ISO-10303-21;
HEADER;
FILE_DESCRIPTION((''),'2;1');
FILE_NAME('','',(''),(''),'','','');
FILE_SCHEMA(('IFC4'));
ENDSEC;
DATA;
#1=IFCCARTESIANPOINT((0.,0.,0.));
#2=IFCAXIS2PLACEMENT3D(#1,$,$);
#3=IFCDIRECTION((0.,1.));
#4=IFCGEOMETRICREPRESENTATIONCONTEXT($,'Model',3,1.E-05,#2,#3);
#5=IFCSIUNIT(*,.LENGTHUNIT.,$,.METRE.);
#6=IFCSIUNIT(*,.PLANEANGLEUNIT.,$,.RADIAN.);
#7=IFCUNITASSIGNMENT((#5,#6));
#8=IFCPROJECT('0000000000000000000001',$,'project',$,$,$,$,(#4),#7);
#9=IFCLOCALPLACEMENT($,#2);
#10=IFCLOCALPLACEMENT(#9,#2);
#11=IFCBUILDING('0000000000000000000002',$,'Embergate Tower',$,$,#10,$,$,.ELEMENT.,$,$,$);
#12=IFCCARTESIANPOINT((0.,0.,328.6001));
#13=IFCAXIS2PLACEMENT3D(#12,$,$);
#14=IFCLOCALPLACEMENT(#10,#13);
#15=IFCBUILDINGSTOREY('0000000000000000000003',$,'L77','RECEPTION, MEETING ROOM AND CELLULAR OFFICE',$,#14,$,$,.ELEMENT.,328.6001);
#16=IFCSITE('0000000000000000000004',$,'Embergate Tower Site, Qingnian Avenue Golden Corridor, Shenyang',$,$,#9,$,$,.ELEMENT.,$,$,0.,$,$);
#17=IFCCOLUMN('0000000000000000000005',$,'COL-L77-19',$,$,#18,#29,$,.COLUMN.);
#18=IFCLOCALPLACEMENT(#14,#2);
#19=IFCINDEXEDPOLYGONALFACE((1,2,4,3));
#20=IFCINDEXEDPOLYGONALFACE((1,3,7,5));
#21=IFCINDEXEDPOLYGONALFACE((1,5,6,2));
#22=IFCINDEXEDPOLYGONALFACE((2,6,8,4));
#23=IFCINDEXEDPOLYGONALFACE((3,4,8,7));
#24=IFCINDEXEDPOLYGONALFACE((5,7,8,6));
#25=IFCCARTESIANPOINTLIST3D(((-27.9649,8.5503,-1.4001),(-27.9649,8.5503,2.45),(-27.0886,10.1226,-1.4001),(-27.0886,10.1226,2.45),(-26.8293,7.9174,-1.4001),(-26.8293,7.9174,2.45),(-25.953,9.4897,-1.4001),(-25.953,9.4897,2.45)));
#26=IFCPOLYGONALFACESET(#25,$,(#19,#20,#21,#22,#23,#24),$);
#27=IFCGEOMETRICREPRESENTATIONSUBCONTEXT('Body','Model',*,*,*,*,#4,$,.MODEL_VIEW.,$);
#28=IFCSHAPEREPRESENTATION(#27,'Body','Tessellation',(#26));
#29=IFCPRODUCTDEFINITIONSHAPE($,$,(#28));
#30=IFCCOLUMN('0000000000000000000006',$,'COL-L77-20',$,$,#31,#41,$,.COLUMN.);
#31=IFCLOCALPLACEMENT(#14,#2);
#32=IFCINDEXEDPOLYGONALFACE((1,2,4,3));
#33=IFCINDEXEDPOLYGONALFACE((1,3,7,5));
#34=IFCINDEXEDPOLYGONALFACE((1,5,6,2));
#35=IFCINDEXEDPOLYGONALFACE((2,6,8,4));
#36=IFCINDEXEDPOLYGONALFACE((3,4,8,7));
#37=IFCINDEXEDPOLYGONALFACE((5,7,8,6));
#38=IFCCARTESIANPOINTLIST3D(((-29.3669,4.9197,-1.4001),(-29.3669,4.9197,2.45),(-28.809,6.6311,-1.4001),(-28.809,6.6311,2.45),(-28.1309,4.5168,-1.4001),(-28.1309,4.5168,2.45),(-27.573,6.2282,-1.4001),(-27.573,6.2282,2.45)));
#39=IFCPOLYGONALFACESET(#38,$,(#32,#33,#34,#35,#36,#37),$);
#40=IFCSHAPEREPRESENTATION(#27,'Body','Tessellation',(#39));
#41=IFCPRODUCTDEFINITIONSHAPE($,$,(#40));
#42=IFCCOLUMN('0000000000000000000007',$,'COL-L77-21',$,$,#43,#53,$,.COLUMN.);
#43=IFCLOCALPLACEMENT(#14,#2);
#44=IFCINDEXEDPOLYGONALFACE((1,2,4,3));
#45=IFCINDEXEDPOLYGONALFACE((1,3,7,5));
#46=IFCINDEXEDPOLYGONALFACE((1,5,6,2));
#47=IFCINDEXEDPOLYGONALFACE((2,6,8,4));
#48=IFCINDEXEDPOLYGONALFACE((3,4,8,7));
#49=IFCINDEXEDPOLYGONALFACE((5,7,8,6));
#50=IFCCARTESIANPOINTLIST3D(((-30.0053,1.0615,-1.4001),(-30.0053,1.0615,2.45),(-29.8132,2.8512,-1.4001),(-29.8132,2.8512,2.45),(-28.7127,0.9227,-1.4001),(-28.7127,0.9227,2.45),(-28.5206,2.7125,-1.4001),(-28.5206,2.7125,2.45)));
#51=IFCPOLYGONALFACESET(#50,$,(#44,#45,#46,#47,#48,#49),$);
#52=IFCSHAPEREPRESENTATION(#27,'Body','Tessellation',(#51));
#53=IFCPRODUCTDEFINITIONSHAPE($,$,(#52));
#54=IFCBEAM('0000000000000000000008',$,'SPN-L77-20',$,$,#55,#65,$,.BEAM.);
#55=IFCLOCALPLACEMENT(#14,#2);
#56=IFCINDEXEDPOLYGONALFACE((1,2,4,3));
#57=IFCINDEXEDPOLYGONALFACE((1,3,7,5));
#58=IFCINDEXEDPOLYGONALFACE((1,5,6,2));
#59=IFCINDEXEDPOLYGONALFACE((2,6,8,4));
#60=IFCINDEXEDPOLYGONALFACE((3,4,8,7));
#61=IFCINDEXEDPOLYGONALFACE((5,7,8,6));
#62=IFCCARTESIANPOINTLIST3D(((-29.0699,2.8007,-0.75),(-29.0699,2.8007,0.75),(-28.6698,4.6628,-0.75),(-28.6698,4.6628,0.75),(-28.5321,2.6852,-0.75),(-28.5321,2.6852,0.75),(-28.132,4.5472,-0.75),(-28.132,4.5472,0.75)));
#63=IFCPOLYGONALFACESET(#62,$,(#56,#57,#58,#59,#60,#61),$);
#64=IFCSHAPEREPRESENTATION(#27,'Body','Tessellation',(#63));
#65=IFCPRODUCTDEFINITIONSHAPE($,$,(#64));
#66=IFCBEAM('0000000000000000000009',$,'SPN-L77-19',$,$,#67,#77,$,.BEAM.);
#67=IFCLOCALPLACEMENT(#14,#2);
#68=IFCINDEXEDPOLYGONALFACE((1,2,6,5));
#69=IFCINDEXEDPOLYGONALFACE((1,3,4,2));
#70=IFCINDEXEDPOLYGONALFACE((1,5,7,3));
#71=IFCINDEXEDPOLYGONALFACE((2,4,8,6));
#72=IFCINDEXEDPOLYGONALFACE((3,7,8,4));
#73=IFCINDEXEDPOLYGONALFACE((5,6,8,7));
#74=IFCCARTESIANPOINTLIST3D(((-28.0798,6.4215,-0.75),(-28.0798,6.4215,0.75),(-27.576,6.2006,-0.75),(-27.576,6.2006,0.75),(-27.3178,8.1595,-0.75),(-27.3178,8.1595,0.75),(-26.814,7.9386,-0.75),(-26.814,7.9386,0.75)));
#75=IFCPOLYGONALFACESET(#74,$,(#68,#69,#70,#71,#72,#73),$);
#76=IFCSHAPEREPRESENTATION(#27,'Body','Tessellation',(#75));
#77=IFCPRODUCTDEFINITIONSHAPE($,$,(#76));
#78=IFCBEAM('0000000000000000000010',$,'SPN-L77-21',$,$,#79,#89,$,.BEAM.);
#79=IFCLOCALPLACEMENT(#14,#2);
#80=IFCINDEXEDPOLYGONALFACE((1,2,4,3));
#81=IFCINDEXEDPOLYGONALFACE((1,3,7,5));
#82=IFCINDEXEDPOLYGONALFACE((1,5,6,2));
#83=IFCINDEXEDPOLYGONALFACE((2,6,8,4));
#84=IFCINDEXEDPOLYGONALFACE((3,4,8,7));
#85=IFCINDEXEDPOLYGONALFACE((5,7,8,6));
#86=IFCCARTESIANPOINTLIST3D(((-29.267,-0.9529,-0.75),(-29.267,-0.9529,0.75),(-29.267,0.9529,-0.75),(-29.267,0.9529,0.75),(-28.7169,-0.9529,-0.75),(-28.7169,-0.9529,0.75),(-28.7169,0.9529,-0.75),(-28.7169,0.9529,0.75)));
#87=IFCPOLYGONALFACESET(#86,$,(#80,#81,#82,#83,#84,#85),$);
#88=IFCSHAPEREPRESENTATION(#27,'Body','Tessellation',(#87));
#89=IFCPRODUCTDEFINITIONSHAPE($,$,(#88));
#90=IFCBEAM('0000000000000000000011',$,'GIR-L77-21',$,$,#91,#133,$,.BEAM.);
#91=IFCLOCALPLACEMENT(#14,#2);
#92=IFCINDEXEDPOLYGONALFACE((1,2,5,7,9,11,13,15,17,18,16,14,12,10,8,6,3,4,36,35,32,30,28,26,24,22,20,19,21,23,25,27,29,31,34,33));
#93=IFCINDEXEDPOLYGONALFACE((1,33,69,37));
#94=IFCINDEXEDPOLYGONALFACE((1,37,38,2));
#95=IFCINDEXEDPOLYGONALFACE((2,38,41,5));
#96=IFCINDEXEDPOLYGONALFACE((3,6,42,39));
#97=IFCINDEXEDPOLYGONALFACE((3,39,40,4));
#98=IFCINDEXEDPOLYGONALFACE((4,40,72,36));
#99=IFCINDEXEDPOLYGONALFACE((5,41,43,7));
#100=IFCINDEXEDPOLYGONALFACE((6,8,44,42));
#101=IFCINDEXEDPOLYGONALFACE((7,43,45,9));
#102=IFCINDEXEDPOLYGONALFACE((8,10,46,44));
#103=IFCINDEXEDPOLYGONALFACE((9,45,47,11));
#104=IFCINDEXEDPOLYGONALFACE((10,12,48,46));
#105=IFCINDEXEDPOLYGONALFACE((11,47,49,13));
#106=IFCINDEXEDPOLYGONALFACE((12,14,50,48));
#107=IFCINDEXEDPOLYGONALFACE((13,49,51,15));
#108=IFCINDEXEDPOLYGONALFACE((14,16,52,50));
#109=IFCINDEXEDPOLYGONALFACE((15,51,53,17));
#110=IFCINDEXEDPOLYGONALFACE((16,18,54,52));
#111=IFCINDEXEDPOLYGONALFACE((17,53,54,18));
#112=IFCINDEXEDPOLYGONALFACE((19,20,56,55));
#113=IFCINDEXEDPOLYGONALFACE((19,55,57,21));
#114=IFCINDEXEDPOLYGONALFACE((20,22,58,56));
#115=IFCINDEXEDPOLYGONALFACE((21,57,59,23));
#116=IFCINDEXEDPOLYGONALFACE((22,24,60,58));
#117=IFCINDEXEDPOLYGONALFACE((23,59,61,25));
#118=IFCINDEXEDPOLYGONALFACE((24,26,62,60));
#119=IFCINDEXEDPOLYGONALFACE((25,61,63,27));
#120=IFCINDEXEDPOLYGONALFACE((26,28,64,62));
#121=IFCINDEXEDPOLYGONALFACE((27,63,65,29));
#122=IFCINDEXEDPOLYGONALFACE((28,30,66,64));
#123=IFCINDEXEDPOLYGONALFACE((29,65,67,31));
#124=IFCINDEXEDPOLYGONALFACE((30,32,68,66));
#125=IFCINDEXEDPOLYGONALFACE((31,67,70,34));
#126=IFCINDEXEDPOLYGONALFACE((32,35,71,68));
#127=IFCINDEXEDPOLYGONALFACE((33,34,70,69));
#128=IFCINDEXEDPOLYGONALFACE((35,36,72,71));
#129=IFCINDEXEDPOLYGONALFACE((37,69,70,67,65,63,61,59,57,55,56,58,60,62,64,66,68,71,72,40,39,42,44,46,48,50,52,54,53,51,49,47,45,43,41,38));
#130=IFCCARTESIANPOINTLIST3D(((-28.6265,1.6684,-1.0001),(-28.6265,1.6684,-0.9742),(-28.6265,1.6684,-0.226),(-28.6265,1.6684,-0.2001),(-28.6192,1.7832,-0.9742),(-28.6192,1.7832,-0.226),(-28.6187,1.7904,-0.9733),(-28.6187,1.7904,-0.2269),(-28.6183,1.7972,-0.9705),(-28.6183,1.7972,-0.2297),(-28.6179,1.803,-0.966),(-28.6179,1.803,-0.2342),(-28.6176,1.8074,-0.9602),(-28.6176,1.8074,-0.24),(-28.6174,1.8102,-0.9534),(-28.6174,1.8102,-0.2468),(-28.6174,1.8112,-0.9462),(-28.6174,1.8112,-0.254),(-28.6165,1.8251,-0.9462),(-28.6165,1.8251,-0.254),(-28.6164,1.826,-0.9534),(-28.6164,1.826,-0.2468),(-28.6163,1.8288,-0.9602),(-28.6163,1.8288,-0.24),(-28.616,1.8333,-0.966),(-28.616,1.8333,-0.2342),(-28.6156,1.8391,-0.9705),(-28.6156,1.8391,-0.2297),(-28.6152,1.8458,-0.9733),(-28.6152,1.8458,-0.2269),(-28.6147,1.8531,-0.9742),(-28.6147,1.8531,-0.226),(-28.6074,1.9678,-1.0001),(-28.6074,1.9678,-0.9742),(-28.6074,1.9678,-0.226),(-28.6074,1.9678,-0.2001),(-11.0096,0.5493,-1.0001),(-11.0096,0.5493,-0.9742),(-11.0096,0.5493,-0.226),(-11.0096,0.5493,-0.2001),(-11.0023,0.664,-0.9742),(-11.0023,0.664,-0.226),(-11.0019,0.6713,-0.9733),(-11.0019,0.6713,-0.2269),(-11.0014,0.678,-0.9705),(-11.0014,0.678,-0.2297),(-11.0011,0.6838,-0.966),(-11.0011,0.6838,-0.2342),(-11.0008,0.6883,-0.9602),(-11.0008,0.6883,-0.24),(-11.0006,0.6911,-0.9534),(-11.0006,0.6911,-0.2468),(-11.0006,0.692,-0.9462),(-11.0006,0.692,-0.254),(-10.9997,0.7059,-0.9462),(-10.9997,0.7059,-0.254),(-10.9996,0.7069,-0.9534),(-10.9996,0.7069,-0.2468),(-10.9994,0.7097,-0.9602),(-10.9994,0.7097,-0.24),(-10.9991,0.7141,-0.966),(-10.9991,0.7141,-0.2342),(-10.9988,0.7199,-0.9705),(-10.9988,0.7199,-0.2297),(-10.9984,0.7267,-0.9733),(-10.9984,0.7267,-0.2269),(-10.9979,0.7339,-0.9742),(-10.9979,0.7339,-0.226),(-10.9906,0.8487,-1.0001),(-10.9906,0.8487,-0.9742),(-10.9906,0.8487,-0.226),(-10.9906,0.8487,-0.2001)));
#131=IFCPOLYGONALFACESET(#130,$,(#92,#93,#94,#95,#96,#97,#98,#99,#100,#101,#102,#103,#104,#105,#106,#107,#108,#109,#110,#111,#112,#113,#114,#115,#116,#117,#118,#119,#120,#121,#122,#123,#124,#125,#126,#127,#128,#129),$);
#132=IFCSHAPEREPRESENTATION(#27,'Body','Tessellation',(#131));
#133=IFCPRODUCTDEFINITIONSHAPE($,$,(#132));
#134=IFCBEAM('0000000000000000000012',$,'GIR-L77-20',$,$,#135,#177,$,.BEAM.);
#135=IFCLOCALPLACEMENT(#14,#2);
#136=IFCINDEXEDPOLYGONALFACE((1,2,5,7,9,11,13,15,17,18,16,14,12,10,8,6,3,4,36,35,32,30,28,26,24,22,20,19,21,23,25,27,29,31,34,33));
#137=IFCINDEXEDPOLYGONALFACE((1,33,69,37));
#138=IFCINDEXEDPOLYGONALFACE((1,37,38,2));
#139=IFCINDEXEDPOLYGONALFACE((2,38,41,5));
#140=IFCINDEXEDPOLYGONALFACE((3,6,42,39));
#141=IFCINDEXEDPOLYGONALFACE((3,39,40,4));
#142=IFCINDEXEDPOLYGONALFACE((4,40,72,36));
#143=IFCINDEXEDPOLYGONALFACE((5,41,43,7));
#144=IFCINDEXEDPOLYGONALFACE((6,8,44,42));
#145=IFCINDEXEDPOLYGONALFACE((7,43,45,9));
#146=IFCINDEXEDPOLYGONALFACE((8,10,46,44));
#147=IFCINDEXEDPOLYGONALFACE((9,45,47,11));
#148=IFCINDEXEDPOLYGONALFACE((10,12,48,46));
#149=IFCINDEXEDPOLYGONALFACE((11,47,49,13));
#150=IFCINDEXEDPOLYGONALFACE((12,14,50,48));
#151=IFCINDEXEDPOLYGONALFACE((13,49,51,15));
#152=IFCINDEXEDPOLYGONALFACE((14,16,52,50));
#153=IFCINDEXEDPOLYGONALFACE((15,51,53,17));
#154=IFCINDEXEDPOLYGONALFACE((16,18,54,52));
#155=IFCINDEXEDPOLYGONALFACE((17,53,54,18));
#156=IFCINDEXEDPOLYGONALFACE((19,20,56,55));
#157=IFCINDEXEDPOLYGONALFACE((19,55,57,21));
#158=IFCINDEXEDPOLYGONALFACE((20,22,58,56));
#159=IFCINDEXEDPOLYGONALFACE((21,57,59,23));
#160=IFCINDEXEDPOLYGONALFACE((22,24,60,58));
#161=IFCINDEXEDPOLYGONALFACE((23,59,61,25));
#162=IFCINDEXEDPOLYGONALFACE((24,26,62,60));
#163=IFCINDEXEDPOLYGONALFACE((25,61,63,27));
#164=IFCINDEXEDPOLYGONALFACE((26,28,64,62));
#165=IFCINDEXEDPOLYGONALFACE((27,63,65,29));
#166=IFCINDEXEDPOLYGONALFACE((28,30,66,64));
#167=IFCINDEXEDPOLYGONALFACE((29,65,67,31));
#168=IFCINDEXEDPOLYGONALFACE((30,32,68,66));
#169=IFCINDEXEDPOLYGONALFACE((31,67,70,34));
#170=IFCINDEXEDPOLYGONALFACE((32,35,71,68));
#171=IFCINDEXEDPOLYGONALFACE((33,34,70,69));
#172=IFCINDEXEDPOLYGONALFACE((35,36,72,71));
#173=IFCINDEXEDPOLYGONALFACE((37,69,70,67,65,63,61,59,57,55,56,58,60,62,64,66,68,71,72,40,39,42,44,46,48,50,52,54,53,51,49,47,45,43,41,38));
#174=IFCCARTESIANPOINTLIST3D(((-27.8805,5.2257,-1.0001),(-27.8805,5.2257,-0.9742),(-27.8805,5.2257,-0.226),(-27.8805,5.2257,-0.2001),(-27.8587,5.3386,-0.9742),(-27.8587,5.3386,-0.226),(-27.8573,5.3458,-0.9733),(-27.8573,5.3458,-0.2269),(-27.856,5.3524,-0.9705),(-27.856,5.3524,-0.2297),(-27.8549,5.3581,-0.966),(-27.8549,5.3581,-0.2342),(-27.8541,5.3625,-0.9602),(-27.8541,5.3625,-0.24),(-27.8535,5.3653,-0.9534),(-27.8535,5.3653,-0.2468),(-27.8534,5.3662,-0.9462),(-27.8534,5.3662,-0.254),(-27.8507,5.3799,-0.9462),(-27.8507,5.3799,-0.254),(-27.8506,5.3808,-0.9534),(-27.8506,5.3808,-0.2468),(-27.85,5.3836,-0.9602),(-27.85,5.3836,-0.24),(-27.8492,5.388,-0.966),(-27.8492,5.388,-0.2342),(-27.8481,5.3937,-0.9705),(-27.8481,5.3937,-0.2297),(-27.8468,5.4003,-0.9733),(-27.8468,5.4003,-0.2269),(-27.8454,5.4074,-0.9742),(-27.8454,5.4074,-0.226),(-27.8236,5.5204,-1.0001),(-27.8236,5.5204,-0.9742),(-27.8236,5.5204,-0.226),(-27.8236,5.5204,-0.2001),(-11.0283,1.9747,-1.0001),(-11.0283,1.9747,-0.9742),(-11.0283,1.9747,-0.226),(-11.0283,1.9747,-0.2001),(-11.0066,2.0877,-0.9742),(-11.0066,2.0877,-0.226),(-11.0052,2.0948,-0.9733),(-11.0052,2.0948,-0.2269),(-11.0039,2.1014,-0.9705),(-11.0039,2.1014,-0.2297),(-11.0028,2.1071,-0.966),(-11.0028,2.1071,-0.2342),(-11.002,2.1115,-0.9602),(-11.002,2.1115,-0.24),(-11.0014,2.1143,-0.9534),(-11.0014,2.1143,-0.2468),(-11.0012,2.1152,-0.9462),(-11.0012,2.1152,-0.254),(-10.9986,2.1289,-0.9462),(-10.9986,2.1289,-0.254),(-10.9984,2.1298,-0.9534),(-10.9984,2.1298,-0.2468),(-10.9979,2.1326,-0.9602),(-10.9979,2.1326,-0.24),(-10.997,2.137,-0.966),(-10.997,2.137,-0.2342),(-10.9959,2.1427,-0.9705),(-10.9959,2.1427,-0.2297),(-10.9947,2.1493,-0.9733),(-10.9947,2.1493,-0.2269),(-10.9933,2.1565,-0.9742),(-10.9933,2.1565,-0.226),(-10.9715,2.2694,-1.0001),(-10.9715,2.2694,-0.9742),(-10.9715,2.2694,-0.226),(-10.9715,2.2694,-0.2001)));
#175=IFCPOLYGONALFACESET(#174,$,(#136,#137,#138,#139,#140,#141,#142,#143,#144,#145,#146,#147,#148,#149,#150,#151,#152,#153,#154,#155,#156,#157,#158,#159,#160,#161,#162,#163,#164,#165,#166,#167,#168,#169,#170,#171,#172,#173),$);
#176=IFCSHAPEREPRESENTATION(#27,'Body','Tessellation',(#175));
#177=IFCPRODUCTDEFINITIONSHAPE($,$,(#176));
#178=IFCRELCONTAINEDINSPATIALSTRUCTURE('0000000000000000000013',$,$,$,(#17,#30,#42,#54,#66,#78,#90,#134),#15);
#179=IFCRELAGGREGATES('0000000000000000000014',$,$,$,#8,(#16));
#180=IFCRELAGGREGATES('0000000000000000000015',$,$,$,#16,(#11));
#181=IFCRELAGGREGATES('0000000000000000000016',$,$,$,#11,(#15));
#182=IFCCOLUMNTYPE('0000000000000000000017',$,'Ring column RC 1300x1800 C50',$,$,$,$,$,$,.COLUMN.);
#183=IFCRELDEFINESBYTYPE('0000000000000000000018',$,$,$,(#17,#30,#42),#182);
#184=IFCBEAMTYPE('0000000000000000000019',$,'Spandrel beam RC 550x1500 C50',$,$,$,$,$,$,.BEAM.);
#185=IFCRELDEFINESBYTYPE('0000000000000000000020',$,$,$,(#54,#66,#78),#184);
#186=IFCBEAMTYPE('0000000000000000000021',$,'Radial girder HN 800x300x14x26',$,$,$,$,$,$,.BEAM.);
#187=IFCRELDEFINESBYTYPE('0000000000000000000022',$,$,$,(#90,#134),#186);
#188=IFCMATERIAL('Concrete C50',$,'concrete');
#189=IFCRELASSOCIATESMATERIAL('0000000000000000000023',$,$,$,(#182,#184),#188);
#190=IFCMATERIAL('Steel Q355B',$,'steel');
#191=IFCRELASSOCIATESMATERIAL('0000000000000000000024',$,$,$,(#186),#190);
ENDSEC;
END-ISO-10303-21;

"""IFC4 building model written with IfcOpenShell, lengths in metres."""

from ifc_helpers import new_model, si_unit, direction, frame, origin, origin_2d, place, context, subcontext, project, spatial, rectangle, i_section, extrude, source, transform, mapped, material, material_profile, profile_set, type_object, element, save


model = new_model("IFC4")

# Units and contexts
model_context = context("Model", 3, precision=1e-05, world=origin(), true_north=direction((0.0, 1.0)))
body_context = subcontext(model_context, "Body", "Model", "MODEL_VIEW")
ifc_project = project(units=[si_unit("LENGTHUNIT", "METRE"), si_unit("PLANEANGLEUNIT", "RADIAN")], contexts=[model_context])

# Site, building, storey
site_placement = place(None, origin())
site = spatial("IfcSite", under=ifc_project, at=site_placement, Name="Embergate Tower Site, Qingnian Avenue Golden Corridor, Shenyang", CompositionType="ELEMENT", RefElevation=0.0)
building_placement = place(site_placement, origin())
building = spatial("IfcBuilding", under=site, at=building_placement, Name="Embergate Tower", CompositionType="ELEMENT")
storey_placement = place(building_placement, frame((0.0, 0.0, 328.6001)))
storey = spatial("IfcBuildingStorey", under=building, at=storey_placement, Name="L77", Description="RECEPTION, MEETING ROOM AND CELLULAR OFFICE", CompositionType="ELEMENT", Elevation=328.6001)

# Columns
ifc_material_1 = material(Name="Concrete C50", Category="concrete")
ifc_material_profile_1 = material_profile(ifc_material_1, rectangle(XDim=1.3, YDim=1.8, at=origin_2d()), Name="RC 1300x1800")
ifc_profile_set_1 = profile_set([ifc_material_profile_1], Name="Concrete C50")
column_type = type_object("IfcColumnType", Name="Ring column RC 1300x1800 C50", PredefinedType="COLUMN", material=ifc_profile_set_1)
shared_shape_1 = source(origin(), body_context, "Body", "SweptSolid", [
    extrude(rectangle(XDim=1.3, YDim=1.8, at=origin_2d()), origin(), (0.0, 0.0, 1.0), 3.8501),
])
for number, where, z_axis, x_axis, name in (
    (1, (-26.959, 9.02, -1.4001), (0.0, 0.0, 1.0), (-0.8735, 0.486823, 0.0), "COL-L77-19"),
    (2, (-28.47, 5.574, -1.4001), (0.0, 0.0, 1.0), (-0.950754, 0.309946, 0.0), "COL-L77-20"),
    (3, (-29.2629, 1.887, -1.4001), (0.0, 0.0, 1.0), (-0.994286, 0.10675, 0.0), "COL-L77-21"),
):
    element("IfcColumn", number, at=place(storey_placement, frame(where, z_axis=z_axis, x_axis=x_axis)), inside=storey, type_object=column_type, Name=name, PredefinedType="COLUMN", context=body_context, shape_type="MappedRepresentation", body=[
        mapped(shared_shape_1, transform((0.0, 0.0, 0.0))),
    ])

# Beams
ifc_material_profile_2 = material_profile(ifc_material_1, rectangle(XDim=0.55, YDim=1.5, at=origin_2d()), Name="RC 550x1500")
ifc_profile_set_2 = profile_set([ifc_material_profile_2], Name="Concrete C50")
beam_type_1 = type_object("IfcBeamType", Name="Spandrel beam RC 550x1500 C50", PredefinedType="BEAM", material=ifc_profile_set_2)
shared_shape_2 = source(origin(), body_context, "Body", "SweptSolid", [
    extrude(rectangle(XDim=0.55, YDim=1.5, at=origin_2d()), origin(), (0.0, 0.0, 1.0), 1.9045),
])
beam_1_placement = place(storey_placement, frame((-28.4009, 4.605, 0.0), z_axis=(-0.210098, -0.97768, 0.0), x_axis=(0.97768, -0.210098, 0.0)))
element("IfcBeam", 4, at=beam_1_placement, inside=storey, type_object=beam_type_1, Name="SPN-L77-20", PredefinedType="BEAM", context=body_context, shape_type="MappedRepresentation", body=[
    mapped(shared_shape_2, transform((0.0, 0.0, 0.0))),
])
shared_shape_3 = source(origin(), body_context, "Body", "SweptSolid", [
    extrude(rectangle(XDim=0.55, YDim=1.5, at=origin_2d()), origin(), (0.0, 0.0, 1.0), 1.8977),
])
beam_2_placement = place(storey_placement, frame((-27.0659, 8.0491, 0.0), z_axis=(-0.401514, -0.915853, 0.0), x_axis=(0.915853, -0.401514, 0.0)))
element("IfcBeam", 5, at=beam_2_placement, inside=storey, type_object=beam_type_1, Name="SPN-L77-19", PredefinedType="BEAM", context=body_context, shape_type="MappedRepresentation", body=[
    mapped(shared_shape_3, transform((0.0, 0.0, 0.0))),
])
shared_shape_4 = source(origin(), body_context, "Body", "SweptSolid", [
    extrude(rectangle(XDim=0.55, YDim=1.5, at=origin_2d()), origin(), (0.0, 0.0, 1.0), 1.9058),
])
beam_3_placement = place(storey_placement, frame((-28.9919, 0.9529, 0.0), z_axis=(0.0, -1.0, 0.0), x_axis=(1.0, 0.0, 0.0)))
element("IfcBeam", 6, at=beam_3_placement, inside=storey, type_object=beam_type_1, Name="SPN-L77-21", PredefinedType="BEAM", context=body_context, shape_type="MappedRepresentation", body=[
    mapped(shared_shape_4, transform((0.0, 0.0, 0.0))),
])
ifc_material_2 = material(Name="Steel Q355B", Category="steel")
ifc_material_profile_3 = material_profile(ifc_material_2, i_section(OverallWidth=0.3, OverallDepth=0.8, WebThickness=0.0139, FlangeThickness=0.0259, FilletRadius=0.0281, at=origin_2d()), Name="HN 800x300x14x26")
ifc_profile_set_3 = profile_set([ifc_material_profile_3], Name="Steel Q355 grade B")
beam_type_2 = type_object("IfcBeamType", Name="Radial girder HN 800x300x14x26", PredefinedType="BEAM", material=ifc_profile_set_3)
shared_shape_5 = source(origin(), body_context, "Body", "SweptSolid", [
    extrude(i_section(OverallWidth=0.3, OverallDepth=0.8, WebThickness=0.0139, FlangeThickness=0.0259, FilletRadius=0.0281, at=origin_2d()), origin(), (0.0, 0.0, 1.0), 17.6523),
])
beam_4_placement = place(storey_placement, frame((-28.6169, 1.8181, -0.6001), z_axis=(0.997988, -0.063399, 0.0), x_axis=(0.063399, 0.997988, 0.0)))
element("IfcBeam", 7, at=beam_4_placement, inside=storey, type_object=beam_type_2, Name="GIR-L77-21", PredefinedType="BEAM", context=body_context, shape_type="MappedRepresentation", body=[
    mapped(shared_shape_5, transform((0.0, 0.0, 0.0))),
])
shared_shape_6 = source(origin(), body_context, "Body", "SweptSolid", [
    extrude(i_section(OverallWidth=0.3, OverallDepth=0.8, WebThickness=0.0139, FlangeThickness=0.0259, FilletRadius=0.0281, at=origin_2d()), origin(), (0.0, 0.0, 1.0), 17.1628),
])
beam_5_placement = place(storey_placement, frame((-27.8521, 5.373, -0.6001), z_axis=(0.981896, -0.18942, 0.0), x_axis=(0.18942, 0.981896, 0.0)))
element("IfcBeam", 8, at=beam_5_placement, inside=storey, type_object=beam_type_2, Name="GIR-L77-20", PredefinedType="BEAM", context=body_context, shape_type="MappedRepresentation", body=[
    mapped(shared_shape_6, transform((0.0, 0.0, 0.0))),
])

save(model, "model.ifc")
